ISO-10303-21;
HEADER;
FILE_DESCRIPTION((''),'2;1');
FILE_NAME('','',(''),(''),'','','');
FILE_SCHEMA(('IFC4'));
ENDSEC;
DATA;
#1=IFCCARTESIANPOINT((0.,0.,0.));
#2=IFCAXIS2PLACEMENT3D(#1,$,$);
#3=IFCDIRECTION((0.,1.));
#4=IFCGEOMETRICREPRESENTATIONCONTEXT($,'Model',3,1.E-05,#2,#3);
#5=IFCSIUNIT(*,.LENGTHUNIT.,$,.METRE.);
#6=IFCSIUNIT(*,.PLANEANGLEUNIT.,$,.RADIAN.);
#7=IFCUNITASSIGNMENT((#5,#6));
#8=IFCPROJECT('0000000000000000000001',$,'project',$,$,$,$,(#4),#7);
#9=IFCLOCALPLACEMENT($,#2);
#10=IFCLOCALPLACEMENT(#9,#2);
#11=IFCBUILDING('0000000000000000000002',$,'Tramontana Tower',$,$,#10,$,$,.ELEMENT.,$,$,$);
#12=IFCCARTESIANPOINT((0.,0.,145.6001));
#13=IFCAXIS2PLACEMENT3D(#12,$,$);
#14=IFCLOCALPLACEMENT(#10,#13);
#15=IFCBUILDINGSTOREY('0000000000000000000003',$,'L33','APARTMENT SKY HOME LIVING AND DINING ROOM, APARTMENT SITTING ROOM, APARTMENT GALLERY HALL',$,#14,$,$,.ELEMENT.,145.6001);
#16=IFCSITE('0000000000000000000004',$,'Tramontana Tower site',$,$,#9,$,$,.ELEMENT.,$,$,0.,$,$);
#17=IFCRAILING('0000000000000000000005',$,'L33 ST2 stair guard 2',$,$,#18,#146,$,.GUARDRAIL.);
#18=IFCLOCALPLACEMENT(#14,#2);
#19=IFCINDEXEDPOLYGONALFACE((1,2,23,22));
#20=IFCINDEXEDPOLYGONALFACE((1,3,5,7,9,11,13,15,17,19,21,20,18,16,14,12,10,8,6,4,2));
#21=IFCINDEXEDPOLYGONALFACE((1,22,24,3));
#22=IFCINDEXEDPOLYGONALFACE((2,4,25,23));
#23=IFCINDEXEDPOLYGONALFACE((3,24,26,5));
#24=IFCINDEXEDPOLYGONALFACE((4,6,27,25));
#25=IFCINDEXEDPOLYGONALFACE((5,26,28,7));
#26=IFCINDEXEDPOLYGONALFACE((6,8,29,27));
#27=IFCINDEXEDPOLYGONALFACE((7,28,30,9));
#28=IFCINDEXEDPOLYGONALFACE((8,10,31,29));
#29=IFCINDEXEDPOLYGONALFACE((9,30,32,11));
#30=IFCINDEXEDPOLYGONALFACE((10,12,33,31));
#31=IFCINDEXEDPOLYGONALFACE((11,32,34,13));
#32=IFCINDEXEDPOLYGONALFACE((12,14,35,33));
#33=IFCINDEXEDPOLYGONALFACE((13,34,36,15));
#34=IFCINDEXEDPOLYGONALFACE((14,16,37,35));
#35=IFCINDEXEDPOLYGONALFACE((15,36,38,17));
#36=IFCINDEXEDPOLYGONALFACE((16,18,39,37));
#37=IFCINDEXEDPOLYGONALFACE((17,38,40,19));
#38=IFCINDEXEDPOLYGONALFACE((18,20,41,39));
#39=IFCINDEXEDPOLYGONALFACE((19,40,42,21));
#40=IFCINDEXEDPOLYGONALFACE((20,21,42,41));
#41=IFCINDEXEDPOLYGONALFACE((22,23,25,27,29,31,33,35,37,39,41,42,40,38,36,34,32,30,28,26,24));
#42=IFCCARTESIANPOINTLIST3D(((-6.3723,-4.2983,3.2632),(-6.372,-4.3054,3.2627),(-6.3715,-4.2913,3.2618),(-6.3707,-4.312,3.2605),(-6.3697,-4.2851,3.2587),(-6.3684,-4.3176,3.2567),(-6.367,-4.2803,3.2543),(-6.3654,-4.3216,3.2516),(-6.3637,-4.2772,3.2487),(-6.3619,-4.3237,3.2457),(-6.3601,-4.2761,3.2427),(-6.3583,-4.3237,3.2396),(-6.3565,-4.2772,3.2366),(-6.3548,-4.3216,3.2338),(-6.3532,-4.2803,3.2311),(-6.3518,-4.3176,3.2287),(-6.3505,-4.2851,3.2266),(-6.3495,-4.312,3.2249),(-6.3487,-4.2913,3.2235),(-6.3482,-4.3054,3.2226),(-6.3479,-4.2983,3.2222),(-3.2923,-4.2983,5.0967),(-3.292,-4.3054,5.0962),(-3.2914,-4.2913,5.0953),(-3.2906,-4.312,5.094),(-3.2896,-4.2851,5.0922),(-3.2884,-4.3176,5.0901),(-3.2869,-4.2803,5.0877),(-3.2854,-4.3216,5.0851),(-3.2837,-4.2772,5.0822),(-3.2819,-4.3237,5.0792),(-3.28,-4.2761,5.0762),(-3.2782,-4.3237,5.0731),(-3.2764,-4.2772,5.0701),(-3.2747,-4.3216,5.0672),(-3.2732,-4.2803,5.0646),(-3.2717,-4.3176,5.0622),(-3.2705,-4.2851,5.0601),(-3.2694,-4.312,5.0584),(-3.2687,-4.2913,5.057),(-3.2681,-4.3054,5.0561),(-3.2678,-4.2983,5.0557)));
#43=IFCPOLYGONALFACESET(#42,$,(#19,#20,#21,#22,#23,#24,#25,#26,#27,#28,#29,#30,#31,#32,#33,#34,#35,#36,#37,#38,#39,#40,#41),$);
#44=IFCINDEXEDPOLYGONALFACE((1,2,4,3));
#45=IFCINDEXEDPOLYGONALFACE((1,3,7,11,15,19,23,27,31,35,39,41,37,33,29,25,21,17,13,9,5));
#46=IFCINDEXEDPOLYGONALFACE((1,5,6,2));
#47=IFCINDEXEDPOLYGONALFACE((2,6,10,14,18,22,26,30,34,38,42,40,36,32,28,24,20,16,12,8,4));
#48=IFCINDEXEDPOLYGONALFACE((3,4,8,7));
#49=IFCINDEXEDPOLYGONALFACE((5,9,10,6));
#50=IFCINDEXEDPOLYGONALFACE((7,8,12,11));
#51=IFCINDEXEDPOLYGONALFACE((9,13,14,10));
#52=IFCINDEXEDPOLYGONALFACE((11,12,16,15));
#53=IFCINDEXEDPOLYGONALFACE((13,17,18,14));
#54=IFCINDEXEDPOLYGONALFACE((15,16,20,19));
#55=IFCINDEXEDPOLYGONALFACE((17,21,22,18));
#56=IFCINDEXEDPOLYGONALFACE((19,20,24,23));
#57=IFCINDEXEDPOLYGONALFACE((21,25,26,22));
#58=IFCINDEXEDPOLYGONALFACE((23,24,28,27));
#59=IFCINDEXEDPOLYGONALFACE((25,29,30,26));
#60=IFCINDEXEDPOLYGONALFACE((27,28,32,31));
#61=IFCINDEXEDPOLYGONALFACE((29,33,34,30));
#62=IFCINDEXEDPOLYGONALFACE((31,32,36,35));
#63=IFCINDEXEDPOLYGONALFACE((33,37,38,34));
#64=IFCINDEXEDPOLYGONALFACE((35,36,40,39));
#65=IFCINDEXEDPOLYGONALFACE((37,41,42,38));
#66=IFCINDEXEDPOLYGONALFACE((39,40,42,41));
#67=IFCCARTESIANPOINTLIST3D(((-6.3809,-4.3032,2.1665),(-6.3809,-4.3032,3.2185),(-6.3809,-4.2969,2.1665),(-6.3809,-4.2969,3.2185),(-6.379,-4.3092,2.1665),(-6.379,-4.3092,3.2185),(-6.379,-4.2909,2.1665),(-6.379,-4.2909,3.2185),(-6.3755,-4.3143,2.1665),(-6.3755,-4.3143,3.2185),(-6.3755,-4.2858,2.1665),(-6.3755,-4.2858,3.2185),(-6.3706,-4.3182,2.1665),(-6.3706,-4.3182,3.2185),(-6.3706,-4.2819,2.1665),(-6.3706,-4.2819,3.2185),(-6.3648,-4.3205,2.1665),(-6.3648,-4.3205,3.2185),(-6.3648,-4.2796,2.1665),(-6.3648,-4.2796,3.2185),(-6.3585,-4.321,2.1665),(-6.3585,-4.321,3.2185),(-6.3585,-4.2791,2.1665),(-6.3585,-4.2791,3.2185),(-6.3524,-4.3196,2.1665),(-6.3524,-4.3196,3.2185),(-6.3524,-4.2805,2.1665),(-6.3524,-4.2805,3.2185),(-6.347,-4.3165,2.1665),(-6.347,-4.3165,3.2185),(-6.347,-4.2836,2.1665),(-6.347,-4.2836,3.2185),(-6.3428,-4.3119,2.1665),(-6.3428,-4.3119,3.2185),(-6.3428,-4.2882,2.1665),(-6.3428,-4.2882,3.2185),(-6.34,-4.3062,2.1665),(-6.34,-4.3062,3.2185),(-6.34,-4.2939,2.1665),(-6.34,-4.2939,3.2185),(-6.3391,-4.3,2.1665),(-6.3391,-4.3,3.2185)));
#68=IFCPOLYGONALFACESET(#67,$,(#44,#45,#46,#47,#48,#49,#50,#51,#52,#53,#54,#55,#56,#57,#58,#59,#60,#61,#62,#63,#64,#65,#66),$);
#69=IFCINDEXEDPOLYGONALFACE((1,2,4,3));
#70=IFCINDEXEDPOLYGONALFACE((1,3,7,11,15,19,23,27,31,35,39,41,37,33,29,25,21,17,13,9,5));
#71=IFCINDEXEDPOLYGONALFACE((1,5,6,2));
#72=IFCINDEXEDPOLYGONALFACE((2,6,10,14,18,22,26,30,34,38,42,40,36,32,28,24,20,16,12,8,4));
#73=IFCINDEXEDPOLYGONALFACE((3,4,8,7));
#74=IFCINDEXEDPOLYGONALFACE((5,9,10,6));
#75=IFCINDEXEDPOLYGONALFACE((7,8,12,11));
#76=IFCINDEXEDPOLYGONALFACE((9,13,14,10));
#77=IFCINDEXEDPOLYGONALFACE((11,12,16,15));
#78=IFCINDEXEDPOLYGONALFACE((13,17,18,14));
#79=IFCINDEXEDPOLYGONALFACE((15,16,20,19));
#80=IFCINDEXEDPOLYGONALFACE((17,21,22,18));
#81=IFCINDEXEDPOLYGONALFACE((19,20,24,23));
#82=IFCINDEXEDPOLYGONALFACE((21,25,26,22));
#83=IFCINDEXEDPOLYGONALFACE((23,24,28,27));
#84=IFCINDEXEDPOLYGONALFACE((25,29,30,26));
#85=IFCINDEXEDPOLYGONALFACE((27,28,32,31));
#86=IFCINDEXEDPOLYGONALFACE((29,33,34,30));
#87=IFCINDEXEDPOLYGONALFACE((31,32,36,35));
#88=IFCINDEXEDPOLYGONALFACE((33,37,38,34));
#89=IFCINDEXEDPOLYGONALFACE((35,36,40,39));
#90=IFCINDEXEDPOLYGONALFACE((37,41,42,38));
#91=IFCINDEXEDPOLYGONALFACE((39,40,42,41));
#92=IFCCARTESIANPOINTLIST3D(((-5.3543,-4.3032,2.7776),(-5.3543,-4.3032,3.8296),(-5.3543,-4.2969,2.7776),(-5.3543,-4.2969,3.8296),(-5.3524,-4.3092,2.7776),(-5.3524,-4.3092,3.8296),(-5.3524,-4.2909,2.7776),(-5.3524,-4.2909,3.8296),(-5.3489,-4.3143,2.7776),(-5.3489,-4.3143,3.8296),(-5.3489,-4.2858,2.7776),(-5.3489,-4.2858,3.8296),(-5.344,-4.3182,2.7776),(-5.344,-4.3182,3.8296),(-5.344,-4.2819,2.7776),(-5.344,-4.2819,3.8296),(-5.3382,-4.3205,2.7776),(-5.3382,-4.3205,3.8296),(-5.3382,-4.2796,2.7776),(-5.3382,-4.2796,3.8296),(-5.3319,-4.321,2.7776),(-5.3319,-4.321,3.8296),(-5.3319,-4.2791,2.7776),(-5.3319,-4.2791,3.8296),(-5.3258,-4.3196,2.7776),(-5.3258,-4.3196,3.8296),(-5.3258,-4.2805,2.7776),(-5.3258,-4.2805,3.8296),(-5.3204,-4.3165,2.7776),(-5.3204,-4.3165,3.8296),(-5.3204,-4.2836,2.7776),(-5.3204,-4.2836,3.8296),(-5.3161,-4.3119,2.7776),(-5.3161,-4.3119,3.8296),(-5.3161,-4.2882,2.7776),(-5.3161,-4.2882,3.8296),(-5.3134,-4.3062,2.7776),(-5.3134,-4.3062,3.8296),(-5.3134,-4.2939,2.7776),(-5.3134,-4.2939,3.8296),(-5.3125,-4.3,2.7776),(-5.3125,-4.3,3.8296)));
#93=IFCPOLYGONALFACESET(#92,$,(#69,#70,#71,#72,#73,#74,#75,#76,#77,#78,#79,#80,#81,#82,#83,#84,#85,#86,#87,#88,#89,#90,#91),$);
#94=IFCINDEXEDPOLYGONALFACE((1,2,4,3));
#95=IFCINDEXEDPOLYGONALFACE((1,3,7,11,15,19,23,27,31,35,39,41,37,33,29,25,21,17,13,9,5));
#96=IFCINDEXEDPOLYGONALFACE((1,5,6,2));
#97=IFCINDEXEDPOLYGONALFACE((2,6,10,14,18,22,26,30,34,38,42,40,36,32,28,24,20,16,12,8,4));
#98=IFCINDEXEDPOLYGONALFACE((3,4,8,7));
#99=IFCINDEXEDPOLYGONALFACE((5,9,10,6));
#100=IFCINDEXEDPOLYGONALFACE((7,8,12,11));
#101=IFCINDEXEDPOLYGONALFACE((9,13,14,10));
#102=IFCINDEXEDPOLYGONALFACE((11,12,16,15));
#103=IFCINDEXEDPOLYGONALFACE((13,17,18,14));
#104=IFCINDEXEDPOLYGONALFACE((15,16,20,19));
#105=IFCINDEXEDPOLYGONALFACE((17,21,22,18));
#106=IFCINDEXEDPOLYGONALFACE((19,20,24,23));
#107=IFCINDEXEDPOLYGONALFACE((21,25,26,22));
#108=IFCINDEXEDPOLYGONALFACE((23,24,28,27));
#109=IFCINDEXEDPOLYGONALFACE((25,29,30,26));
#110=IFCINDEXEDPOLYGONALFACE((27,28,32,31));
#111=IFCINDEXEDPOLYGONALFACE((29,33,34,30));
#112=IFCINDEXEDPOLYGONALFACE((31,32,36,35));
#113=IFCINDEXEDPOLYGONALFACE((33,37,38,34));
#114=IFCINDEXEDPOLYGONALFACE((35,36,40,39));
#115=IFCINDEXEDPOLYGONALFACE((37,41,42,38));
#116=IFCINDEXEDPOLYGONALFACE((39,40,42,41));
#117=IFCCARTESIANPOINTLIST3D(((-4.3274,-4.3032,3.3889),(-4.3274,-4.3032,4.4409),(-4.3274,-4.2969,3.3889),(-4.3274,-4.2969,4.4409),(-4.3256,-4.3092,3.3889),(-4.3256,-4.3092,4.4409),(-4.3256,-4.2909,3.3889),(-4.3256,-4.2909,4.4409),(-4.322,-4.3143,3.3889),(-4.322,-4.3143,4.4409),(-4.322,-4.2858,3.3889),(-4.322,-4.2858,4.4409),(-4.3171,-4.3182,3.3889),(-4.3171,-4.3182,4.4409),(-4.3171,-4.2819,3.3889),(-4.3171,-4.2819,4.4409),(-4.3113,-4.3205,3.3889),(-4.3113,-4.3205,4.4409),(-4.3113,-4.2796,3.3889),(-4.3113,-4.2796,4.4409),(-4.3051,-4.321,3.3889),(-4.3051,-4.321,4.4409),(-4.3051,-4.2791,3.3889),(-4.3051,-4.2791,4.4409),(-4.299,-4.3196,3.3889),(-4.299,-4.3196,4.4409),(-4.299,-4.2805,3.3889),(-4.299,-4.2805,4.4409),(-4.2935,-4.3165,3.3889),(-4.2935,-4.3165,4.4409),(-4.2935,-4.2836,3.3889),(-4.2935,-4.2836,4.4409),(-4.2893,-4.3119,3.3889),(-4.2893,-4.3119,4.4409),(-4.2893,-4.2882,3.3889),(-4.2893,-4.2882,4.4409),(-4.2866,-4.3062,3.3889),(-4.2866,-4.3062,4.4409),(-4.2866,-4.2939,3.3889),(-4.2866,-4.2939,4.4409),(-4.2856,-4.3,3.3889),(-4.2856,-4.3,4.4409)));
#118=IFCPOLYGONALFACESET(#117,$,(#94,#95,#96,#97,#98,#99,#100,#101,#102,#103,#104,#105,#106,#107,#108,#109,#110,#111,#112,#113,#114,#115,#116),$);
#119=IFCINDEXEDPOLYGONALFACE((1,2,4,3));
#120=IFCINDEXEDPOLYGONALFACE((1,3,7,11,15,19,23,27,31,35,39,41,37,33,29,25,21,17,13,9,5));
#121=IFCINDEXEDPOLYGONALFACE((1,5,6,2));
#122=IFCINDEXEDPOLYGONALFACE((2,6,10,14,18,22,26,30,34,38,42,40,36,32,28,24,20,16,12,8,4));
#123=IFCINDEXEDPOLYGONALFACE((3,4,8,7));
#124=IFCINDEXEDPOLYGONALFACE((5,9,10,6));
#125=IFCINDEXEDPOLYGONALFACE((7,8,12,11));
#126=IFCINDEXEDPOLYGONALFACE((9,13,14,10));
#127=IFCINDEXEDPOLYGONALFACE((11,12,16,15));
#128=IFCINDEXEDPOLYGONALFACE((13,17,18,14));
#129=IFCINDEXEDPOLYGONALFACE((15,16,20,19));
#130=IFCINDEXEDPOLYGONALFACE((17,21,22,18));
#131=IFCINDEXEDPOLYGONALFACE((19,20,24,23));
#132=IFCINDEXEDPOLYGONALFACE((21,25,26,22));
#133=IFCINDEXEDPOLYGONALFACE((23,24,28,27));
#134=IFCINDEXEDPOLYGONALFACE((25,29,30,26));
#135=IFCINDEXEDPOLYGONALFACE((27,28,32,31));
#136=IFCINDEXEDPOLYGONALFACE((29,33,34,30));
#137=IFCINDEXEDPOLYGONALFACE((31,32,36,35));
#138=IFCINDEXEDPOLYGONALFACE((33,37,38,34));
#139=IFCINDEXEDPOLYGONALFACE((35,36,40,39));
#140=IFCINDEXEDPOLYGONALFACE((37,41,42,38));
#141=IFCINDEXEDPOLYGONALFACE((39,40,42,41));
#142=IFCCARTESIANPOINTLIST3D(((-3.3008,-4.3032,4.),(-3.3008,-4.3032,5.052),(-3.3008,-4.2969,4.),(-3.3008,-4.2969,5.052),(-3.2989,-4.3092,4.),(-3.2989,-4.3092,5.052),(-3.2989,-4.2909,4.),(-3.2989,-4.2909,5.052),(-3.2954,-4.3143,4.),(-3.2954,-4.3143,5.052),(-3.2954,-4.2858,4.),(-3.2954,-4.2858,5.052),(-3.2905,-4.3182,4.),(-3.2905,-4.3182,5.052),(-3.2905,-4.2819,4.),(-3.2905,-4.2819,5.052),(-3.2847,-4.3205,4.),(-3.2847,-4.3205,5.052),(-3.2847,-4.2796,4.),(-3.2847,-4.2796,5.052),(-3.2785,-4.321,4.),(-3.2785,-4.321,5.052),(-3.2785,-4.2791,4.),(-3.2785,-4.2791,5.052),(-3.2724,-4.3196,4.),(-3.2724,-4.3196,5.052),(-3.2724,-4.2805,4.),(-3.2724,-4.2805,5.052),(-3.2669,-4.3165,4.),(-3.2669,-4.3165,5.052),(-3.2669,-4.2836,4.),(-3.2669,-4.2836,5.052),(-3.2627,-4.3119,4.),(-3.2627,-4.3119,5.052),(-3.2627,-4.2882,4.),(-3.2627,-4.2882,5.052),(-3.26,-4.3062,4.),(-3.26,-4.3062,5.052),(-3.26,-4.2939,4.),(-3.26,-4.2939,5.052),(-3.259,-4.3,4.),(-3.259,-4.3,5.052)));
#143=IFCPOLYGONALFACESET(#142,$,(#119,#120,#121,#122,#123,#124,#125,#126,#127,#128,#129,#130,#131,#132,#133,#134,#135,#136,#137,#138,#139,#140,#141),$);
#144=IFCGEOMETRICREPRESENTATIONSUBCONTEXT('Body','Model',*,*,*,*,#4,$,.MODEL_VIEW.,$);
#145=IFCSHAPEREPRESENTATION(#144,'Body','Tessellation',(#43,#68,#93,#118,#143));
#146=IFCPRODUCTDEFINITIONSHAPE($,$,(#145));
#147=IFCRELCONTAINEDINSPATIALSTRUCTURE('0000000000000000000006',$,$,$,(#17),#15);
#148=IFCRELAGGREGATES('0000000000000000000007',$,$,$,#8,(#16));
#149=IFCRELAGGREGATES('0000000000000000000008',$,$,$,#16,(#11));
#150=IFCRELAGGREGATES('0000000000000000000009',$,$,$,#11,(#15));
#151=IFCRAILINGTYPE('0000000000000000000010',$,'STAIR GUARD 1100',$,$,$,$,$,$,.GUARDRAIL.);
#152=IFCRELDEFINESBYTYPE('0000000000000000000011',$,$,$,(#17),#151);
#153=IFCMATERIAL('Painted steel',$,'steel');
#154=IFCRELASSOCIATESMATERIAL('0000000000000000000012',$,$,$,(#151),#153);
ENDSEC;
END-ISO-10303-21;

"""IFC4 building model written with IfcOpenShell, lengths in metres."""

from ifc_helpers import new_model, si_unit, direction, frame, origin, origin_2d, place, context, subcontext, project, spatial, circle, extrude, material, type_object, element, save


model = new_model("IFC4")

# Units and contexts
model_context = context("Model", 3, precision=1e-05, world=origin(), true_north=direction((0.0, 1.0)))
body_context = subcontext(model_context, "Body", "Model", "MODEL_VIEW")
ifc_project = project(units=[si_unit("LENGTHUNIT", "METRE"), si_unit("PLANEANGLEUNIT", "RADIAN")], contexts=[model_context])

# Site, building, storey
site_placement = place(None, origin())
site = spatial("IfcSite", under=ifc_project, at=site_placement, Name="Tramontana Tower site", CompositionType="ELEMENT", RefElevation=0.0)
building_placement = place(site_placement, origin())
building = spatial("IfcBuilding", under=site, at=building_placement, Name="Tramontana Tower", CompositionType="ELEMENT")
storey_placement = place(building_placement, frame((0.0, 0.0, 145.6001)))
storey = spatial("IfcBuildingStorey", under=building, at=storey_placement, Name="L33", Description="APARTMENT SKY HOME LIVING AND DINING ROOM, APARTMENT SITTING ROOM, APARTMENT GALLERY HALL", CompositionType="ELEMENT", Elevation=145.6001)

# Railing
ifc_material_1 = material(Name="Painted steel", Category="steel")
railing_type_1 = type_object("IfcRailingType", Name="STAIR GUARD 1100", PredefinedType="GUARDRAIL", material=ifc_material_1)
railing_1_placement = place(storey_placement, frame((-6.3601, -4.3, 2.1665)))
element("IfcRailing", 1, at=railing_1_placement, inside=storey, type_object=railing_type_1, Name="L33 ST2 stair guard 2", PredefinedType="GUARDRAIL", context=body_context, shape_type="SweptSolid", body=[
    extrude(circle(Radius=0.0239, at=origin_2d()), frame((0.0, 0.0, 1.0762), z_axis=(0.859279, 0.0, 0.511508), x_axis=(0.0, 1.0, 0.0)), (0.0, 0.0, 1.0), 3.5845),
    extrude(circle(Radius=0.021, at=origin_2d()), origin(), (0.0, 0.0, 1.0), 1.052),
    extrude(circle(Radius=0.021, at=origin_2d()), frame((1.0266, 0.0, 0.6111)), (0.0, 0.0, 1.0), 1.052),
    extrude(circle(Radius=0.021, at=origin_2d()), frame((2.0535, 0.0, 1.2224)), (0.0, 0.0, 1.0), 1.052),
    extrude(circle(Radius=0.021, at=origin_2d()), frame((3.0801, 0.0, 1.8335)), (0.0, 0.0, 1.0), 1.052),
])

save(model, "model.ifc")
